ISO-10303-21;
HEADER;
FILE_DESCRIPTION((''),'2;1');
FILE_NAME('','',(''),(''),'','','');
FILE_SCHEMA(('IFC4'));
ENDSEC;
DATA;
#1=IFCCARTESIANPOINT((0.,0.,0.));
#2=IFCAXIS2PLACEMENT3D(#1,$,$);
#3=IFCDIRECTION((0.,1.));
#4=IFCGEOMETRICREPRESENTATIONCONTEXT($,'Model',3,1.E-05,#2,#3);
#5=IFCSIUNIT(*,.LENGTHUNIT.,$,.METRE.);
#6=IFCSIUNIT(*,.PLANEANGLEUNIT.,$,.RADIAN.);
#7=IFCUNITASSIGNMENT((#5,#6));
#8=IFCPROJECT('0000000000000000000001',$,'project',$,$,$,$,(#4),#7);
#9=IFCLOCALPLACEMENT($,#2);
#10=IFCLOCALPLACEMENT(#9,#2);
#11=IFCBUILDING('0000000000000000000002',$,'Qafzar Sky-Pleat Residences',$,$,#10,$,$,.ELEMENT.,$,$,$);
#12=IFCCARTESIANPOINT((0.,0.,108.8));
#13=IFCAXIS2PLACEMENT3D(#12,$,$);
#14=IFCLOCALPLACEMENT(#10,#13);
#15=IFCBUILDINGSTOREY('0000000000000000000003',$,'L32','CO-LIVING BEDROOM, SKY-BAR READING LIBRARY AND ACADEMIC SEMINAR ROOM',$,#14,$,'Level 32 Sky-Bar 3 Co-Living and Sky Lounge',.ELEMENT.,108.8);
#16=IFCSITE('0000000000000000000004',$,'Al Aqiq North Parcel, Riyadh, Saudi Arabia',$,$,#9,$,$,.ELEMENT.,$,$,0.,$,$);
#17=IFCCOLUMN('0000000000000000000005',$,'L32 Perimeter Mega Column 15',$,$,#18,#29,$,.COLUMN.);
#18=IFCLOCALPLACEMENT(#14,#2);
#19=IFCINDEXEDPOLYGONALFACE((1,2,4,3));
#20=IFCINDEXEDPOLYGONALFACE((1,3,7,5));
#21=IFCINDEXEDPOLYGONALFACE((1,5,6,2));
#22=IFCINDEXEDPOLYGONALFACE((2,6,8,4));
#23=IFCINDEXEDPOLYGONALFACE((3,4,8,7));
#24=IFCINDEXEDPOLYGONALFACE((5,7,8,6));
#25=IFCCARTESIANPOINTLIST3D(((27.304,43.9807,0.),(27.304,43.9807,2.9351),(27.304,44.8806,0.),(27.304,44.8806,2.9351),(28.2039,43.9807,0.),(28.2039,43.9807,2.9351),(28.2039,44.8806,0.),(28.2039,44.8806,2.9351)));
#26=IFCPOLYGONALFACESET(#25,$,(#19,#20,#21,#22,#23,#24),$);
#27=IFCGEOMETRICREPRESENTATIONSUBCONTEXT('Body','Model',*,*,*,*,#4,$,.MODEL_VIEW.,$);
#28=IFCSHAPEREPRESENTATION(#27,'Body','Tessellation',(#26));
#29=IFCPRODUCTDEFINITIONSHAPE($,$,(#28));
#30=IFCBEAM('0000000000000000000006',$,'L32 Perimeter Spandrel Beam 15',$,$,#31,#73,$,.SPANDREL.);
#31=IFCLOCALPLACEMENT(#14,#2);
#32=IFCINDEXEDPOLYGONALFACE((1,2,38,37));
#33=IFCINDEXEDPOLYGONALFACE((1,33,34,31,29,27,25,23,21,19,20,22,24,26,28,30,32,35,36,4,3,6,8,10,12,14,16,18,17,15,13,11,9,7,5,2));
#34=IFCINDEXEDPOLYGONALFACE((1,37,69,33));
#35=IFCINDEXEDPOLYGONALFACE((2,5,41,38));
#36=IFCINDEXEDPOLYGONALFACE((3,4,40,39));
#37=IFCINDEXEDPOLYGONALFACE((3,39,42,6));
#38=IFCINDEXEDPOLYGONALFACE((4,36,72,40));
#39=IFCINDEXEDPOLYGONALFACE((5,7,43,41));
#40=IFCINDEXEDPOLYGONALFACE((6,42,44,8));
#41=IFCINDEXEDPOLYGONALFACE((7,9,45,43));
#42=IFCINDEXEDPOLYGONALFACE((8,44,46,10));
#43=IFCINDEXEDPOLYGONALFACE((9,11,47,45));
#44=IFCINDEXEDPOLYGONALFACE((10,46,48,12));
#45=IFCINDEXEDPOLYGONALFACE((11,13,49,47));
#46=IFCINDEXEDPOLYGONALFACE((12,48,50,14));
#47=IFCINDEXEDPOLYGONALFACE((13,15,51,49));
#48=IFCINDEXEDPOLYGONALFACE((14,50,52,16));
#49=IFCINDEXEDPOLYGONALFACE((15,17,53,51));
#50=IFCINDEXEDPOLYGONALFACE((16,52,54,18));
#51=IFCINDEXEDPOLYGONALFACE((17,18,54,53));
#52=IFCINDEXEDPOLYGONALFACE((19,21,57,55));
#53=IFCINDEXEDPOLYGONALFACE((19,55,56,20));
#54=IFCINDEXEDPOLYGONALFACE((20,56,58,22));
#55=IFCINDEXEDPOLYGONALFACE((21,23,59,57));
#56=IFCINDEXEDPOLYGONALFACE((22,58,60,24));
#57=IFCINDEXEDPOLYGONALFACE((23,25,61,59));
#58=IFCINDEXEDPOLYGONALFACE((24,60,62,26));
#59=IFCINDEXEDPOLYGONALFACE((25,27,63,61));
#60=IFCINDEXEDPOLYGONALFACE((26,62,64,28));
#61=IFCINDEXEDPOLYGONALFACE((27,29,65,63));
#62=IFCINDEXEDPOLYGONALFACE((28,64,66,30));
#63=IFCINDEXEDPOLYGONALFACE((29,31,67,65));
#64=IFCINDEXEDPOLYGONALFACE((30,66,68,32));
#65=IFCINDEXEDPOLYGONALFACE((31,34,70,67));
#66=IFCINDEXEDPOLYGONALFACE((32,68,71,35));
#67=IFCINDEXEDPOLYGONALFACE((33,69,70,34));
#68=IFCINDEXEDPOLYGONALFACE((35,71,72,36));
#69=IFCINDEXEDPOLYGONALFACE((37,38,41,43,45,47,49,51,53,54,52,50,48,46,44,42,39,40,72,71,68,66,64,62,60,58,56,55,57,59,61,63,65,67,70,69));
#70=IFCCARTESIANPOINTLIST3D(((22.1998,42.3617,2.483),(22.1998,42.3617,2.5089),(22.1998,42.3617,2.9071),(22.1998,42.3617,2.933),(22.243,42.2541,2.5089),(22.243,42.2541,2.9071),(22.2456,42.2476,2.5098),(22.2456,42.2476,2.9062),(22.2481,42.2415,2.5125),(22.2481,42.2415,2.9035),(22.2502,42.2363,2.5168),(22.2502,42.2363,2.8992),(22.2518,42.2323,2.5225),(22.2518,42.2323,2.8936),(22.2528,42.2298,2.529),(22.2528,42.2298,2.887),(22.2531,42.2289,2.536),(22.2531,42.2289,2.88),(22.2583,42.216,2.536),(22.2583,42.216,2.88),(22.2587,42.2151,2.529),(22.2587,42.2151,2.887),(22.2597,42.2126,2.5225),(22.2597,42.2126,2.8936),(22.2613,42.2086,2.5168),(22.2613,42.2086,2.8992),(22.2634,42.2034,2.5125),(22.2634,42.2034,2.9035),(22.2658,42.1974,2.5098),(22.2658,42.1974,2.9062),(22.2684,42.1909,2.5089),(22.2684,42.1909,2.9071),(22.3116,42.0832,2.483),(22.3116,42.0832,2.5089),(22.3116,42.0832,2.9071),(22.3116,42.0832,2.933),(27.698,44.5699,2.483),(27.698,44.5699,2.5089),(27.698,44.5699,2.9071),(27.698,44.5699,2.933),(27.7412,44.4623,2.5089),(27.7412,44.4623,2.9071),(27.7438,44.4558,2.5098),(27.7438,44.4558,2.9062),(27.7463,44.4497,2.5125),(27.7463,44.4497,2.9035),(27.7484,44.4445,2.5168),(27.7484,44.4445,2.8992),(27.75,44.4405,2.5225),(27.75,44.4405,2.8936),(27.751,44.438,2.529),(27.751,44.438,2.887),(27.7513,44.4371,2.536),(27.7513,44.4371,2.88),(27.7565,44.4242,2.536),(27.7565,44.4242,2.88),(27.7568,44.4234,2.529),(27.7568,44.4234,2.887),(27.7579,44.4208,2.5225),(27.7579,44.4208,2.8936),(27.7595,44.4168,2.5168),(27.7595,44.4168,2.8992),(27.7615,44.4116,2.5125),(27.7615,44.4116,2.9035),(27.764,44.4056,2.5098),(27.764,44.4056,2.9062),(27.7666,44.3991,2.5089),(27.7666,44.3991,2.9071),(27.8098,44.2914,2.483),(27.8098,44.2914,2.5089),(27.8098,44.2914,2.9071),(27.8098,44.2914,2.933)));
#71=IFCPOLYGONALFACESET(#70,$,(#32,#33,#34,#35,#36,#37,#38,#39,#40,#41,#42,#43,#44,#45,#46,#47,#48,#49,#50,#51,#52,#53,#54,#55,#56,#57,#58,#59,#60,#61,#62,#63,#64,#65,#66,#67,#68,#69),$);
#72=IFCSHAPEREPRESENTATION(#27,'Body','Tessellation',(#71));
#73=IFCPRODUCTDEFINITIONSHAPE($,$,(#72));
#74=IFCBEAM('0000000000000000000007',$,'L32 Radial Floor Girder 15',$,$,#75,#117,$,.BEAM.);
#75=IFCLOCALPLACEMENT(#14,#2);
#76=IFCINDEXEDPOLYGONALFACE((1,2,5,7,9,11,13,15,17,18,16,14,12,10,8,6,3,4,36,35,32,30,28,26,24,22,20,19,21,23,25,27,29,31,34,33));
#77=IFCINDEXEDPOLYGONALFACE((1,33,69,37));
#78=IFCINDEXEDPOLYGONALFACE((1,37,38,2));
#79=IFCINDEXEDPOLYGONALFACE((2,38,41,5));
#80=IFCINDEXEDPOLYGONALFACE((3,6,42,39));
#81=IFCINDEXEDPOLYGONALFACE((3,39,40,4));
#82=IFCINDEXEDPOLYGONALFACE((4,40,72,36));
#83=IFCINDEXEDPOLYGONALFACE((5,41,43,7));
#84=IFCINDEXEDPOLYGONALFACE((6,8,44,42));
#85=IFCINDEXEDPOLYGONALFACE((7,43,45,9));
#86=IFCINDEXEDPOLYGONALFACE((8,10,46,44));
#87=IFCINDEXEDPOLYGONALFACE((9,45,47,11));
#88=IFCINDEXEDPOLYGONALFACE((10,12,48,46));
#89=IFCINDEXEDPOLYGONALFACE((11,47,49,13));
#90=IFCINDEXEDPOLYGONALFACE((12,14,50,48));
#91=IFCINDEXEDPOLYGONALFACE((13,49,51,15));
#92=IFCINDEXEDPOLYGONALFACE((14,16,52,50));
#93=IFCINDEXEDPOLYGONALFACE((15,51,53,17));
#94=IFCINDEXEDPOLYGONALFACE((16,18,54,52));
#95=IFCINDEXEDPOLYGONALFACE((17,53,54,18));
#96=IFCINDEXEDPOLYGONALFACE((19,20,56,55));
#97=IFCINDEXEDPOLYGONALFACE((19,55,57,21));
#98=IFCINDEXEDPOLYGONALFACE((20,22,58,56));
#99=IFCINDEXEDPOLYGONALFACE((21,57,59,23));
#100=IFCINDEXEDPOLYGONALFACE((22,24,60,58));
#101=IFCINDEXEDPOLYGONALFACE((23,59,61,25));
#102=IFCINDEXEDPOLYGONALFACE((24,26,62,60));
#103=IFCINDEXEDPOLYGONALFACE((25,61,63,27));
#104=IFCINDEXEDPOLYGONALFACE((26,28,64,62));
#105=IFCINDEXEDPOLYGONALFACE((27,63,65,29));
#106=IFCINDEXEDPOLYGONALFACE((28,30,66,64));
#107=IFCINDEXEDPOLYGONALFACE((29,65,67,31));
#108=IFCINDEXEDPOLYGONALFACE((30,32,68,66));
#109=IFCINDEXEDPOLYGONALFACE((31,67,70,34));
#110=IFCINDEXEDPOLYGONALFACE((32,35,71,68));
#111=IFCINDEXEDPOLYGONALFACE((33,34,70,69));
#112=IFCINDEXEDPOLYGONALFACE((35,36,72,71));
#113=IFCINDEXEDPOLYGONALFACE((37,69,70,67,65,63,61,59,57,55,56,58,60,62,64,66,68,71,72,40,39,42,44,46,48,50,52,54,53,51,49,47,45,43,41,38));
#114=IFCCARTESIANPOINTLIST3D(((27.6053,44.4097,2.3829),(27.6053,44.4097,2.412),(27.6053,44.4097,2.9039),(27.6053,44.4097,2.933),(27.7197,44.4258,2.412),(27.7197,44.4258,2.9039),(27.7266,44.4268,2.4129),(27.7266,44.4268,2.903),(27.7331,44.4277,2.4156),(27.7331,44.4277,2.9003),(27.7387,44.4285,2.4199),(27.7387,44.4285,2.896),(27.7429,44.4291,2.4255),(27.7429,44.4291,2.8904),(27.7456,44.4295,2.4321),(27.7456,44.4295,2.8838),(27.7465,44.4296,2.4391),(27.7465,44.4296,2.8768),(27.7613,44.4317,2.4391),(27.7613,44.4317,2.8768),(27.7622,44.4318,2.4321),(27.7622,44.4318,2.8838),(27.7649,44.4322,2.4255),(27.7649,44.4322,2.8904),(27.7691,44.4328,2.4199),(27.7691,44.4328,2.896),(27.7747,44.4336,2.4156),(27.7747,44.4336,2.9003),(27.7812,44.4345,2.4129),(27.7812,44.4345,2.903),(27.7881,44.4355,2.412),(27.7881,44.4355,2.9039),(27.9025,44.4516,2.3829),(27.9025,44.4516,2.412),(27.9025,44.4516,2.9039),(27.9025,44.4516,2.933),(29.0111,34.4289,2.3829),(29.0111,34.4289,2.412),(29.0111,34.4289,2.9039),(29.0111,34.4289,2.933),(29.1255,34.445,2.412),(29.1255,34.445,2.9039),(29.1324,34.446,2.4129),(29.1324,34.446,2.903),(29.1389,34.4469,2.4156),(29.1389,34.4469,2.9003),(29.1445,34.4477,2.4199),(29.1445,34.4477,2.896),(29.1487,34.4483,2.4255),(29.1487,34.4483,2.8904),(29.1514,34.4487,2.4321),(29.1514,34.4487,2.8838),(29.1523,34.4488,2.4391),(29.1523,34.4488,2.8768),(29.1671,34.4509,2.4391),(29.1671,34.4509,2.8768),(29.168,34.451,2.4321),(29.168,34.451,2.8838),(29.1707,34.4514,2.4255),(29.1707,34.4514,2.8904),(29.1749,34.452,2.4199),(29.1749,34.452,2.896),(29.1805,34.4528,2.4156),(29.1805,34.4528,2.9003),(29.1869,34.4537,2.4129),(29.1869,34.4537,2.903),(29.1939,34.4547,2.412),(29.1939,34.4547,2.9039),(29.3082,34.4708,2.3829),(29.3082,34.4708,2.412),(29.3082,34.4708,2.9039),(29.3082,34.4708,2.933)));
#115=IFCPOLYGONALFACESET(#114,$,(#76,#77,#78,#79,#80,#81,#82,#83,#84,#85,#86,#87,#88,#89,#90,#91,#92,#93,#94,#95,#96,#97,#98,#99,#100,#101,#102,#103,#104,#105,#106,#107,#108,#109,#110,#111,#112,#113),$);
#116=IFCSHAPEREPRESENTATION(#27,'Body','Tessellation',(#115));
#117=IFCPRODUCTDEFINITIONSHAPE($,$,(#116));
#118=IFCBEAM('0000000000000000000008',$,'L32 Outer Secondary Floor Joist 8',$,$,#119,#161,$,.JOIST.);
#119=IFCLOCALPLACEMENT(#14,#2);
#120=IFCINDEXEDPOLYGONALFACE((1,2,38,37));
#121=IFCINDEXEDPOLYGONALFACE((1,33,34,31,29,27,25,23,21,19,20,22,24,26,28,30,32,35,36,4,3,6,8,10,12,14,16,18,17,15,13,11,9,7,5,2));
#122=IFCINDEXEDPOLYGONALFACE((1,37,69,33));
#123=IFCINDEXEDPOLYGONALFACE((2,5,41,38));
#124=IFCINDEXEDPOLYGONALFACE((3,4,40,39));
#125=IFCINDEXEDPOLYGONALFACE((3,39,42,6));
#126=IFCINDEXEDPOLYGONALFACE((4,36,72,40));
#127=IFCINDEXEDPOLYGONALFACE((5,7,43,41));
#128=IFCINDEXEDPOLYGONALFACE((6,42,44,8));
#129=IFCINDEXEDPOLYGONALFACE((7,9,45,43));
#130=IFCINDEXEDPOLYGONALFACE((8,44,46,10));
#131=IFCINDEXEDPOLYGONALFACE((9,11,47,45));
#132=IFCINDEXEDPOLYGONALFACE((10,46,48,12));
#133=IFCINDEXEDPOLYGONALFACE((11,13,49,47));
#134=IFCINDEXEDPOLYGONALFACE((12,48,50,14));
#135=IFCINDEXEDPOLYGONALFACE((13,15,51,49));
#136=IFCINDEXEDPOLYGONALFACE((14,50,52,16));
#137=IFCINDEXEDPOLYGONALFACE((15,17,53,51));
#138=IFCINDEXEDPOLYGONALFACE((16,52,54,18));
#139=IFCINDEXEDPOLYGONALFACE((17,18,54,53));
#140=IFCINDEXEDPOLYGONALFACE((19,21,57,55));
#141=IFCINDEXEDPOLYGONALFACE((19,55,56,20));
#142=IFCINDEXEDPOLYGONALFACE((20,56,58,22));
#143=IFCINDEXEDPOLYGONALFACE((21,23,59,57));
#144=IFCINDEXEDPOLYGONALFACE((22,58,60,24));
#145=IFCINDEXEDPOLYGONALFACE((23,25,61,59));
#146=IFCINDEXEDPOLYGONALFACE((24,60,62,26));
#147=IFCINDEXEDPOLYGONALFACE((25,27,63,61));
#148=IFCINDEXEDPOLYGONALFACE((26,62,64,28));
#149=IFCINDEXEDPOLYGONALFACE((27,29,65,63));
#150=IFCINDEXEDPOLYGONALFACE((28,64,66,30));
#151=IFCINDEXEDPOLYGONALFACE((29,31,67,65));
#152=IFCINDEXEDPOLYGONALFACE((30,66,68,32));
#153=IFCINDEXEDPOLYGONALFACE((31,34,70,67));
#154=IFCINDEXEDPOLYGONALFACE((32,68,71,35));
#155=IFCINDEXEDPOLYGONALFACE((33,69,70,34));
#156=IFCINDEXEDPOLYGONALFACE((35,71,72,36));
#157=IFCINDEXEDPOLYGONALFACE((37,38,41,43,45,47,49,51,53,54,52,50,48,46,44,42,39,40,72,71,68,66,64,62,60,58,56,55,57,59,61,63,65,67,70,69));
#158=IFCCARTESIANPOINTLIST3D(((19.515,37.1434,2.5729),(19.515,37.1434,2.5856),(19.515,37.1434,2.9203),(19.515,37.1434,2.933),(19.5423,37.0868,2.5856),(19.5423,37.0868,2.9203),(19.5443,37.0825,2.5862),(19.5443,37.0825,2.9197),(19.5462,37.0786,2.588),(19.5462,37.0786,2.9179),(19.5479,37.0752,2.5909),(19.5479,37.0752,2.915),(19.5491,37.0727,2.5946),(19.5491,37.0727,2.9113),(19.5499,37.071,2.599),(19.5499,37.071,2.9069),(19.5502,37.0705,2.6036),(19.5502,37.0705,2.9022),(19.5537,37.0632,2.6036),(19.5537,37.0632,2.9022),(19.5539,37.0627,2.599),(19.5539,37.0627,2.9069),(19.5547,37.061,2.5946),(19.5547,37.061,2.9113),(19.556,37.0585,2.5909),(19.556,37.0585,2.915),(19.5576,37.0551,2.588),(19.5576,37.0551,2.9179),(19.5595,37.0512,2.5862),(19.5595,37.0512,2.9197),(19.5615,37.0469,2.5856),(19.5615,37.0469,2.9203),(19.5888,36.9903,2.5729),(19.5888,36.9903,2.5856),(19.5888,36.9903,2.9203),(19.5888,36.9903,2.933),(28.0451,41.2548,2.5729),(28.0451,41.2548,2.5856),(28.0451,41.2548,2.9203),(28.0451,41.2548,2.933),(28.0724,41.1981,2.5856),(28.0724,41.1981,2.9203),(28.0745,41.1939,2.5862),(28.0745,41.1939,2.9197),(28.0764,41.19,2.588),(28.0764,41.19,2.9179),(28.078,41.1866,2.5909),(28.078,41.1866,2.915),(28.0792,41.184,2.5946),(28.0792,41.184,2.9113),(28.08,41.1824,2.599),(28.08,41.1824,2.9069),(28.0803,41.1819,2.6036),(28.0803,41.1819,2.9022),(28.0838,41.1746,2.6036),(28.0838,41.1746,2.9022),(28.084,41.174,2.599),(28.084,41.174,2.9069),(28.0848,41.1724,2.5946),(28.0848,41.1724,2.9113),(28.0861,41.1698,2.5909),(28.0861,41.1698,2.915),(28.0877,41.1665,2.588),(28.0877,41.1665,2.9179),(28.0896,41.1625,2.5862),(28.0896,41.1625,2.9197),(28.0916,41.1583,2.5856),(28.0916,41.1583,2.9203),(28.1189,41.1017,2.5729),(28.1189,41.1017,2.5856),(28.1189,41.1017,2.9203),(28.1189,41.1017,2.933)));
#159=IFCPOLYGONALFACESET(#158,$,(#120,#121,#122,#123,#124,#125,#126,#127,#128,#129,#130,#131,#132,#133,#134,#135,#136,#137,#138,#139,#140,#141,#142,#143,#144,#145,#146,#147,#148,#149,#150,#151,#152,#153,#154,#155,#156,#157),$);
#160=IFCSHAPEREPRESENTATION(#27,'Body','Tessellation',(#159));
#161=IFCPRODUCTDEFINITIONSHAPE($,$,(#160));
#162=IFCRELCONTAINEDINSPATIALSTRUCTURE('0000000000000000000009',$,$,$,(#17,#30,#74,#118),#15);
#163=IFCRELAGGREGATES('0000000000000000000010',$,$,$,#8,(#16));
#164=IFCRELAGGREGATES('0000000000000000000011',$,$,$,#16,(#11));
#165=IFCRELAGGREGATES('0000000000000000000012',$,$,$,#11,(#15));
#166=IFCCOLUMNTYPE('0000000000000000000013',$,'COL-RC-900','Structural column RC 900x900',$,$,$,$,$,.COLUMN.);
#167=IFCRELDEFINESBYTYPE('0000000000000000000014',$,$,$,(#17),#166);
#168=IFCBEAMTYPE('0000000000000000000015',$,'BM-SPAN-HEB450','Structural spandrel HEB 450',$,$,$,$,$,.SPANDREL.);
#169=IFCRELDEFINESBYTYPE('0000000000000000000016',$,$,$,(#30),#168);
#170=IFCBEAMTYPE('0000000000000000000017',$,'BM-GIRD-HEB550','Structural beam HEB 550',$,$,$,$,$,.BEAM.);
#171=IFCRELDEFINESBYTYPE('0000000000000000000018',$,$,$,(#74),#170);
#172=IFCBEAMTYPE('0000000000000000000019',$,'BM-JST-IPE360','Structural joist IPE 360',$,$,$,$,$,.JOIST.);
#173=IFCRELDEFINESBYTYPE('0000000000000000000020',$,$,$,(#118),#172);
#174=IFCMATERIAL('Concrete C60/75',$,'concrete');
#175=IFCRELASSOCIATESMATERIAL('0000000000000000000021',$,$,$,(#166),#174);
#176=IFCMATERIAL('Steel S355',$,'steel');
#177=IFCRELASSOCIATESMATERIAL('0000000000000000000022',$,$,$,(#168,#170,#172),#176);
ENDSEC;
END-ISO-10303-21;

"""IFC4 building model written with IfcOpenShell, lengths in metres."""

from ifc_helpers import new_model, si_unit, direction, frame, origin, origin_2d, place, context, subcontext, project, spatial, rectangle, i_section, extrude, source, transform, mapped, material, material_profile, profile_set, type_object, element, save


model = new_model("IFC4")

# Units and contexts
model_context = context("Model", 3, precision=1e-05, world=origin(), true_north=direction((0.0, 1.0)))
body_context = subcontext(model_context, "Body", "Model", "MODEL_VIEW")
ifc_project = project(units=[si_unit("LENGTHUNIT", "METRE"), si_unit("PLANEANGLEUNIT", "RADIAN")], contexts=[model_context])

# Site, building, storey
site_placement = place(None, origin())
site = spatial("IfcSite", under=ifc_project, at=site_placement, Name="Al Aqiq North Parcel, Riyadh, Saudi Arabia", CompositionType="ELEMENT", RefElevation=0.0)
building_placement = place(site_placement, origin())
building = spatial("IfcBuilding", under=site, at=building_placement, Name="Qafzar Sky-Pleat Residences", CompositionType="ELEMENT")
storey_placement = place(building_placement, frame((0.0, 0.0, 108.8)))
storey = spatial("IfcBuildingStorey", under=building, at=storey_placement, Name="L32", Description="CO-LIVING BEDROOM, SKY-BAR READING LIBRARY AND ACADEMIC SEMINAR ROOM", LongName="Level 32 Sky-Bar 3 Co-Living and Sky Lounge", CompositionType="ELEMENT", Elevation=108.8)

# Column
ifc_material_1 = material(Name="Concrete C60/75", Category="concrete")
ifc_material_profile_1 = material_profile(ifc_material_1, rectangle(XDim=0.8999, YDim=0.8999, at=origin_2d()), Name="RC 900x900")
ifc_profile_set_1 = profile_set([ifc_material_profile_1], Name="Concrete C60/75")
column_type = type_object("IfcColumnType", Name="COL-RC-900", Description="Structural column RC 900x900", PredefinedType="COLUMN", material=ifc_profile_set_1)
shared_shape_1 = source(origin(), body_context, "Body", "SweptSolid", [
    extrude(rectangle(XDim=0.8999, YDim=0.8999, at=origin_2d()), origin(), (0.0, 0.0, 1.0), 2.9351),
])
column_placement = place(storey_placement, frame((27.7539, 44.4307, 0.0), z_axis=(0.0, 0.0, 1.0), x_axis=(1.0, 0.0, 0.0)))
element("IfcColumn", 1, at=column_placement, inside=storey, type_object=column_type, Name="L32 Perimeter Mega Column 15", PredefinedType="COLUMN", context=body_context, shape_type="MappedRepresentation", body=[
    mapped(shared_shape_1, transform((0.0, 0.0, 0.0), x_axis=(1.0, 0.0, 0.0), y_axis=(0.0, 1.0, 0.0), z_axis=(0.0, 0.0, 1.0), scale=1.0)),
])

# Beams
ifc_material_2 = material(Name="Steel S355", Category="steel")
ifc_material_profile_2 = material_profile(ifc_material_2, i_section(OverallWidth=0.3, OverallDepth=0.45, WebThickness=0.0139, FlangeThickness=0.0259, FilletRadius=0.0271, at=origin_2d()), Name="HEB 450")
ifc_profile_set_2 = profile_set([ifc_material_profile_2], Name="Steel S355")
beam_type_1 = type_object("IfcBeamType", Name="BM-SPAN-HEB450", Description="Structural spandrel HEB 450", PredefinedType="SPANDREL", material=ifc_profile_set_2)
shared_shape_2 = source(origin(), body_context, "Body", "SweptSolid", [
    extrude(i_section(OverallWidth=0.3, OverallDepth=0.45, WebThickness=0.0139, FlangeThickness=0.0259, FilletRadius=0.0271, at=origin_2d()), origin(), (0.0, 0.0, 1.0), 5.925),
])
beam_1_placement = place(storey_placement, frame((27.7539, 44.4307, 2.708), z_axis=(-0.927956, -0.37269, 0.0), x_axis=(0.37269, -0.927956, 0.0)))
element("IfcBeam", 2, at=beam_1_placement, inside=storey, type_object=beam_type_1, Name="L32 Perimeter Spandrel Beam 15", PredefinedType="SPANDREL", context=body_context, shape_type="MappedRepresentation", body=[
    mapped(shared_shape_2, transform((0.0, 0.0, 0.0), x_axis=(1.0, 0.0, 0.0), y_axis=(0.0, 1.0, 0.0), z_axis=(0.0, 0.0, 1.0), scale=1.0)),
])
ifc_material_profile_3 = material_profile(ifc_material_2, i_section(OverallWidth=0.3, OverallDepth=0.55, WebThickness=0.0149, FlangeThickness=0.0291, FilletRadius=0.0271, at=origin_2d()), Name="HEB 550")
ifc_profile_set_3 = profile_set([ifc_material_profile_3], Name="Steel S355")
beam_type_2 = type_object("IfcBeamType", Name="BM-GIRD-HEB550", Description="Structural beam HEB 550", PredefinedType="BEAM", material=ifc_profile_set_3)
shared_shape_3 = source(origin(), body_context, "Body", "SweptSolid", [
    extrude(i_section(OverallWidth=0.3, OverallDepth=0.55, WebThickness=0.0149, FlangeThickness=0.0291, FilletRadius=0.0271, at=origin_2d()), origin(), (0.0, 0.0, 1.0), 10.0793),
])
beam_2_placement = place(storey_placement, frame((27.7539, 44.4307, 2.658), z_axis=(0.139471, -0.990226, 0.0), x_axis=(0.990226, 0.139471, 0.0)))
element("IfcBeam", 3, at=beam_2_placement, inside=storey, type_object=beam_type_2, Name="L32 Radial Floor Girder 15", PredefinedType="BEAM", context=body_context, shape_type="MappedRepresentation", body=[
    mapped(shared_shape_3, transform((0.0, 0.0, 0.0), x_axis=(1.0, 0.0, 0.0), y_axis=(0.0, 1.0, 0.0), z_axis=(0.0, 0.0, 1.0), scale=1.0)),
])
ifc_material_profile_4 = material_profile(ifc_material_2, i_section(OverallWidth=0.1699, OverallDepth=0.3601, WebThickness=0.0081, FlangeThickness=0.0127, FilletRadius=0.0181, at=origin_2d()), Name="IPE 360")
ifc_profile_set_4 = profile_set([ifc_material_profile_4], Name="Steel S355")
beam_type_3 = type_object("IfcBeamType", Name="BM-JST-IPE360", Description="Structural joist IPE 360", PredefinedType="JOIST", material=ifc_profile_set_4)
shared_shape_4 = source(origin(), body_context, "Body", "SweptSolid", [
    extrude(i_section(OverallWidth=0.1699, OverallDepth=0.3601, WebThickness=0.0081, FlangeThickness=0.0127, FilletRadius=0.0181, at=origin_2d()), origin(), (0.0, 0.0, 1.0), 9.4692),
])
beam_3_placement = place(storey_placement, frame((28.082, 41.1782, 2.7529), z_axis=(-0.900825, -0.434182, 0.0), x_axis=(0.434182, -0.900825, 0.0)))
element("IfcBeam", 4, at=beam_3_placement, inside=storey, type_object=beam_type_3, Name="L32 Outer Secondary Floor Joist 8", PredefinedType="JOIST", context=body_context, shape_type="MappedRepresentation", body=[
    mapped(shared_shape_4, transform((0.0, 0.0, 0.0), x_axis=(1.0, 0.0, 0.0), y_axis=(0.0, 1.0, 0.0), z_axis=(0.0, 0.0, 1.0), scale=1.0)),
])

save(model, "model.ifc")
